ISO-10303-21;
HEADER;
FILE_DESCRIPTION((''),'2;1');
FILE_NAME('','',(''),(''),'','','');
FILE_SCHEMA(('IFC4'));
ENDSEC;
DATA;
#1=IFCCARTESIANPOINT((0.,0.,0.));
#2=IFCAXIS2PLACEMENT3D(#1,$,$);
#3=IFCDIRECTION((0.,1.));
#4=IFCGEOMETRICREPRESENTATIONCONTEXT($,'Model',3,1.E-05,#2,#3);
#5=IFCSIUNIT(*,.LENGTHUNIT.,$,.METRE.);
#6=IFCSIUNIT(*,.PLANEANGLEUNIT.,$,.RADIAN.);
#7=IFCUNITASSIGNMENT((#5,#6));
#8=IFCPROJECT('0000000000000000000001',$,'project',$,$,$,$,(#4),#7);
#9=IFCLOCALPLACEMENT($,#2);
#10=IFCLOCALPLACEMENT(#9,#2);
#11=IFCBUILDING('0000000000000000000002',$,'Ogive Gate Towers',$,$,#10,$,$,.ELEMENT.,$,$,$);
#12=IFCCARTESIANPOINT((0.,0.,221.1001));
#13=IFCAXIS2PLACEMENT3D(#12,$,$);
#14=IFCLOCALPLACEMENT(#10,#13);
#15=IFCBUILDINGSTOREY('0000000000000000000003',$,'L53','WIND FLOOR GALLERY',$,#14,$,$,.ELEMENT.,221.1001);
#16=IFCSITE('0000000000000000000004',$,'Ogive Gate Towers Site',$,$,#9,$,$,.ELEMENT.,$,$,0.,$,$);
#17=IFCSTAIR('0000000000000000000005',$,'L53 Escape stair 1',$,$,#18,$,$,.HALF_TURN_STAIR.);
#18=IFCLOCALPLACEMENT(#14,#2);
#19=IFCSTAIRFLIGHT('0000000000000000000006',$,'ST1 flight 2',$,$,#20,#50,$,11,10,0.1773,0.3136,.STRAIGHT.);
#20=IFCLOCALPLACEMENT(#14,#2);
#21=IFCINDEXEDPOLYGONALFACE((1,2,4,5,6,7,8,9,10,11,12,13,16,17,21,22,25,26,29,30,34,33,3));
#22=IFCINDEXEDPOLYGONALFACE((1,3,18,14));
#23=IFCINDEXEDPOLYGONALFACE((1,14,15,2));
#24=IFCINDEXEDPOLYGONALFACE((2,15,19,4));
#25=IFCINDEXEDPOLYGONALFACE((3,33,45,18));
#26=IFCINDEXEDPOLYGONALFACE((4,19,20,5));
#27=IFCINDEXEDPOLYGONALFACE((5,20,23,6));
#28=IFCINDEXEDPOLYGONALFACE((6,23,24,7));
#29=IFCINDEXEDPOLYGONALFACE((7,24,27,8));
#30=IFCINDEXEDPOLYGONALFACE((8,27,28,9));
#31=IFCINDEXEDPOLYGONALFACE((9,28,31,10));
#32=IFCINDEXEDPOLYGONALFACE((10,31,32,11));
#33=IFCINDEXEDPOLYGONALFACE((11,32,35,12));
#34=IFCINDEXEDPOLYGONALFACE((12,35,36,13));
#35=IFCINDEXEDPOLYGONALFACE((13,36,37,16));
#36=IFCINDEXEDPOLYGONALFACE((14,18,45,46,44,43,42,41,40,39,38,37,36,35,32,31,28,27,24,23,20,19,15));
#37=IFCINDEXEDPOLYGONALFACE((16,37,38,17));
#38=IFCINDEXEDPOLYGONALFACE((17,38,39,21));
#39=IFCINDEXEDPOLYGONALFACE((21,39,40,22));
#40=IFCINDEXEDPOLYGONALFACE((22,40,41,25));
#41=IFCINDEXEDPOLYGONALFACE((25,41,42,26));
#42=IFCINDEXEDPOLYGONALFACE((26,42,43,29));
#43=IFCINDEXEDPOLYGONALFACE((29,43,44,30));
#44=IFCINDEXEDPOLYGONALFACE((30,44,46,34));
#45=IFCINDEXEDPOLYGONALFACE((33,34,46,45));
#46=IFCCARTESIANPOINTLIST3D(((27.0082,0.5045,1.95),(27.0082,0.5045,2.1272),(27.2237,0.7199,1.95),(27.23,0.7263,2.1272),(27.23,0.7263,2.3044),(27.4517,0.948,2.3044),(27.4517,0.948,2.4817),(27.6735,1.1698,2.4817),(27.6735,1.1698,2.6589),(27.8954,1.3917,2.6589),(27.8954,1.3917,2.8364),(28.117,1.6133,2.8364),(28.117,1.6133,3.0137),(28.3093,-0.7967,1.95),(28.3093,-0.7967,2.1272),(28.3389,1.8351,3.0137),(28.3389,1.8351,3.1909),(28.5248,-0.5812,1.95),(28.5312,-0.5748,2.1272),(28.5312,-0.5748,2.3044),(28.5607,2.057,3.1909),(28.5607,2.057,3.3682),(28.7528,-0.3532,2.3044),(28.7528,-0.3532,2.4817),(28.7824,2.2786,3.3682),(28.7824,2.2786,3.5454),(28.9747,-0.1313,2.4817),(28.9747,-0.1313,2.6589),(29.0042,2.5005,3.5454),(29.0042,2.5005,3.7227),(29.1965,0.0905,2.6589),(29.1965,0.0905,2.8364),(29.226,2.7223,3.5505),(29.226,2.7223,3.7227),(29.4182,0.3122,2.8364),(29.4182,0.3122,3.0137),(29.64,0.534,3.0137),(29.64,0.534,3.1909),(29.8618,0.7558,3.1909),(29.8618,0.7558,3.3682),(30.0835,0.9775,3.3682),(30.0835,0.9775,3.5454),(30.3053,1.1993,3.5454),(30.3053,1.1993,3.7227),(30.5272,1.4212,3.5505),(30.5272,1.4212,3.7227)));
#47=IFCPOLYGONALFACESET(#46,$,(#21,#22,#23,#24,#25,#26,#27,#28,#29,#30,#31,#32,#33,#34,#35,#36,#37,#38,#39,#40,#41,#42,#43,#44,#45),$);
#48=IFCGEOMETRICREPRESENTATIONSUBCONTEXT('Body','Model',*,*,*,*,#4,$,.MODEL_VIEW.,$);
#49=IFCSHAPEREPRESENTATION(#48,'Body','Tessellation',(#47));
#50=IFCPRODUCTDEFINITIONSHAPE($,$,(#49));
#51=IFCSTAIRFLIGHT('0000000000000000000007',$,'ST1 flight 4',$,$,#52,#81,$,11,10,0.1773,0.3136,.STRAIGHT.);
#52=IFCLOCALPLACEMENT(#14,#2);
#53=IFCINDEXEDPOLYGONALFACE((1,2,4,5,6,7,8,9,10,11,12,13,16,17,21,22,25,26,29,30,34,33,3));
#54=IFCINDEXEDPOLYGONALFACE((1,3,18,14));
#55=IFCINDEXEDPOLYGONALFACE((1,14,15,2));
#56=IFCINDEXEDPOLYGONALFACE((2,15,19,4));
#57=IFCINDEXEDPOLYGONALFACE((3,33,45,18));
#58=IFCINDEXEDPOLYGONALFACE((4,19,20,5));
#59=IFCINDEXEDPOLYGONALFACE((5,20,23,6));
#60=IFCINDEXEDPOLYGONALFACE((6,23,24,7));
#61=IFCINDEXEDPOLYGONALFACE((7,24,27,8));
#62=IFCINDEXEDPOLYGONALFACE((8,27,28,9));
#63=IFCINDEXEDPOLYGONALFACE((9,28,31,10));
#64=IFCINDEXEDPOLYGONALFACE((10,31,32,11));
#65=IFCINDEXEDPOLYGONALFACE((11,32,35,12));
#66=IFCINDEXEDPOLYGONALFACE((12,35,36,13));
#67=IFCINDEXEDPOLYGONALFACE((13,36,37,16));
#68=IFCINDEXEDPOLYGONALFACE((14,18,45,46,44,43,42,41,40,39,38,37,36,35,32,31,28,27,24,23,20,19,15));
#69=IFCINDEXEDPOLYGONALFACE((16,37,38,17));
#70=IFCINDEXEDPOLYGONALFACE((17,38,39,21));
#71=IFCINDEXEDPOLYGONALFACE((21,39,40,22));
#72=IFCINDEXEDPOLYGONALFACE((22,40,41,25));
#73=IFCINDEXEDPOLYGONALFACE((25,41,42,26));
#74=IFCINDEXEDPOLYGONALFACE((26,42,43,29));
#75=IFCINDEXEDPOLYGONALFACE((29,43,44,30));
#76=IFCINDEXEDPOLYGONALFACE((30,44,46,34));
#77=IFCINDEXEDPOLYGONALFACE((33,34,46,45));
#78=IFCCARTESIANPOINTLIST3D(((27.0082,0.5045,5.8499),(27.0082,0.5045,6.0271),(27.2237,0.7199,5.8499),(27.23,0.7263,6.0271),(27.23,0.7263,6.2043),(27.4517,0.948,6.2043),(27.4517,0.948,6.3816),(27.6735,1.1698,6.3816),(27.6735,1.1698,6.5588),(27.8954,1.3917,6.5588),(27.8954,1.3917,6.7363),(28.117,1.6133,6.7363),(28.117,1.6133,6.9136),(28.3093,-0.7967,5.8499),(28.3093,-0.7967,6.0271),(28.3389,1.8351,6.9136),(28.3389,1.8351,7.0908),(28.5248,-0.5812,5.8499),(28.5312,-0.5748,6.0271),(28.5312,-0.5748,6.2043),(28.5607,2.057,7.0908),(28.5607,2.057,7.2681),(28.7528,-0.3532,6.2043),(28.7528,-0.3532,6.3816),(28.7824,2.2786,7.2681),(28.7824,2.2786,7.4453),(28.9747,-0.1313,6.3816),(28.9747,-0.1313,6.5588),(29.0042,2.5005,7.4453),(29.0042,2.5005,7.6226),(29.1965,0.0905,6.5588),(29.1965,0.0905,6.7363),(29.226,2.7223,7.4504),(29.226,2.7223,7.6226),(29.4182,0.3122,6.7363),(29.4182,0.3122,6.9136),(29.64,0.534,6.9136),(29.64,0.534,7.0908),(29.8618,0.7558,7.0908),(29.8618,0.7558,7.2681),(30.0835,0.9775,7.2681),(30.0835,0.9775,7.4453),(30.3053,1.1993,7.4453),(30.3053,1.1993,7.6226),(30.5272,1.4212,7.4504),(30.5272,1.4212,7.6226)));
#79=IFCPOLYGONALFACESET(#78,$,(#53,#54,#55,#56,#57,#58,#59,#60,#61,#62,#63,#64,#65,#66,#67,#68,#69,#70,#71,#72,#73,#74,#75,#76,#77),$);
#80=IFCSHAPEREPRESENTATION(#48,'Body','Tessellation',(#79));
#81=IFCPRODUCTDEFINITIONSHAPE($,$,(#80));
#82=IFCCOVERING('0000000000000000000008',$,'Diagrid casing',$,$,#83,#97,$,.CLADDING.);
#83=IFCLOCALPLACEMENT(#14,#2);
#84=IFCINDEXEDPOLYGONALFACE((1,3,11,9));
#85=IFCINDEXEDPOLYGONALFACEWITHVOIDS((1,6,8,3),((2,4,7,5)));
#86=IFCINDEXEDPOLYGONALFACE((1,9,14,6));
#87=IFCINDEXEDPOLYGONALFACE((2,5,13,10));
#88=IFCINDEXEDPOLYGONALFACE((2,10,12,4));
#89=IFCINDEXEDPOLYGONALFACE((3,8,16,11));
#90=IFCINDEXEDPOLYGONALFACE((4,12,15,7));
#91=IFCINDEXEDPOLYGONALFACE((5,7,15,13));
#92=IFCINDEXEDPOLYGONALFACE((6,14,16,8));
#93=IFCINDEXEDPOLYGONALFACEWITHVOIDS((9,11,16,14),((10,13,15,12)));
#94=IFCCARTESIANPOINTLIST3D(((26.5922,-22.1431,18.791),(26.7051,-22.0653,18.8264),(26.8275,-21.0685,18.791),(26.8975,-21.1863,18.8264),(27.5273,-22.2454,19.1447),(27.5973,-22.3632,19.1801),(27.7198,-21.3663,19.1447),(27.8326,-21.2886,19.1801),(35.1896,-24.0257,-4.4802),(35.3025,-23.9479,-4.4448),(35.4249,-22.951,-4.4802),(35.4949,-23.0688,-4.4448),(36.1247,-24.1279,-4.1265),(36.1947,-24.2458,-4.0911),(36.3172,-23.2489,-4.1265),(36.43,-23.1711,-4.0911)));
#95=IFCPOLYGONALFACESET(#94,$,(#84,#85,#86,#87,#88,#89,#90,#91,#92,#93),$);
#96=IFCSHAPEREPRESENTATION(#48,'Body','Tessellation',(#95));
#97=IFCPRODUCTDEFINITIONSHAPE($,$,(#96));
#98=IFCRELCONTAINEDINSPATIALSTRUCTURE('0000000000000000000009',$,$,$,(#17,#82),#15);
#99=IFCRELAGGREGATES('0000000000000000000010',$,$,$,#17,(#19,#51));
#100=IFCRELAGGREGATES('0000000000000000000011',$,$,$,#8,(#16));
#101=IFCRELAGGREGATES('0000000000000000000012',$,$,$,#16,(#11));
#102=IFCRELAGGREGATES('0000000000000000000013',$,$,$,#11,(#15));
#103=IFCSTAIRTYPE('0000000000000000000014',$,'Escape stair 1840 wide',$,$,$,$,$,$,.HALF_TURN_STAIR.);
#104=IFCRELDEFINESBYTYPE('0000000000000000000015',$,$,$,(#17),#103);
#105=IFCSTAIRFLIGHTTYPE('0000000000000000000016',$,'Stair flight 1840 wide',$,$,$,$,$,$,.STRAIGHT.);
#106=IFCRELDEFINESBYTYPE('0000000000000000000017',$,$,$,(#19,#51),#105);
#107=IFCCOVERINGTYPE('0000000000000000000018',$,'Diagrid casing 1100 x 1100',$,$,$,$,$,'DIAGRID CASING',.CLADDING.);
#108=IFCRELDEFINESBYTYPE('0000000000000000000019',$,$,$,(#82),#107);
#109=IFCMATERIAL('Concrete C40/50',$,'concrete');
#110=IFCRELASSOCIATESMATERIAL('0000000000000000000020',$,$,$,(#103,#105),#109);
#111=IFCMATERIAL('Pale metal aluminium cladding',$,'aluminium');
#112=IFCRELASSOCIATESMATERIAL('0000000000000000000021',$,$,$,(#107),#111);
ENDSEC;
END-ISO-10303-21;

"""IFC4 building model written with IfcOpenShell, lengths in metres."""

from ifc_helpers import new_model, si_unit, direction, frame, origin, origin_2d, place, context, subcontext, project, spatial, polyline, hollow_rectangle, outline, extrude, material, material_profile, profile_set, type_object, element, aggregate, save


model = new_model("IFC4")

# Units and contexts
model_context = context("Model", 3, precision=1e-05, world=origin(), true_north=direction((0.0, 1.0)))
body_context = subcontext(model_context, "Body", "Model", "MODEL_VIEW")
ifc_project = project(units=[si_unit("LENGTHUNIT", "METRE"), si_unit("PLANEANGLEUNIT", "RADIAN")], contexts=[model_context])

# Site, building, storey
site_placement = place(None, origin())
site = spatial("IfcSite", under=ifc_project, at=site_placement, Name="Ogive Gate Towers Site", CompositionType="ELEMENT", RefElevation=0.0)
building_placement = place(site_placement, origin())
building = spatial("IfcBuilding", under=site, at=building_placement, Name="Ogive Gate Towers", CompositionType="ELEMENT")
storey_placement = place(building_placement, frame((0.0, 0.0, 221.1001)))
storey = spatial("IfcBuildingStorey", under=building, at=storey_placement, Name="L53", Description="WIND FLOOR GALLERY", CompositionType="ELEMENT", Elevation=221.1001)

# Stair, stair flights
ifc_material_1 = material(Name="Concrete C40/50", Category="concrete")
stair_type = type_object("IfcStairType", Name="Escape stair 1840 wide", PredefinedType="HALF_TURN_STAIR", material=ifc_material_1)
stair_placement = place(storey_placement, origin())
stair = element("IfcStair", 1, at=stair_placement, inside=storey, type_object=stair_type, Name="L53 Escape stair 1", PredefinedType="HALF_TURN_STAIR")
stair_flight_type = type_object("IfcStairFlightType", Name="Stair flight 1840 wide", PredefinedType="STRAIGHT", material=ifc_material_1)
stair_flight_1_placement = place(storey_placement, frame((27.6587, -0.146, 1.95), z_axis=(0.0, 0.0, 1.0), x_axis=(0.707107, 0.707107, 0.0)))
stair_flight_1 = element("IfcStairFlight", 2, at=stair_flight_1_placement, type_object=stair_flight_type, Name="ST1 flight 2", NumberOfRisers=11, NumberOfTreads=10, PredefinedType="STRAIGHT", RiserHeight=0.1773, TreadLength=0.3136, context=body_context, shape_type="SweptSolid", body=[
    extrude(outline(polyline([(0.0, 0.0), (0.0, 0.1772), (0.3137, 0.1772), (0.3137, 0.3545), (0.6272, 0.3545), (0.6272, 0.5317), (0.9409, 0.5317), (0.9409, 0.709), (1.2546, 0.709), (1.2546, 0.8865), (1.5681, 0.8865), (1.5681, 1.0637), (1.8818, 1.0637), (1.8818, 1.241), (2.1956, 1.241), (2.1956, 1.4182), (2.509, 1.4182), (2.509, 1.5955), (2.8228, 1.5955), (2.8228, 1.7727), (3.1365, 1.7727), (3.1365, 1.95), (3.1365, 1.6006), (0.3047, 0.0), (0.0, 0.0)])), frame((0.0, 0.9199, 0.0), z_axis=(0.0, -1.0, 0.0), x_axis=(1.0, 0.0, 0.0)), (0.0, 0.0, 1.0), 1.8401),
])
stair_flight_2_placement = place(storey_placement, frame((27.6587, -0.146, 5.8499), z_axis=(0.0, 0.0, 1.0), x_axis=(0.707107, 0.707107, 0.0)))
stair_flight_2 = element("IfcStairFlight", 3, at=stair_flight_2_placement, type_object=stair_flight_type, Name="ST1 flight 4", NumberOfRisers=11, NumberOfTreads=10, PredefinedType="STRAIGHT", RiserHeight=0.1773, TreadLength=0.3136, context=body_context, shape_type="SweptSolid", body=[
    extrude(outline(polyline([(0.0, 0.0), (0.0, 0.1772), (0.3137, 0.1772), (0.3137, 0.3545), (0.6272, 0.3545), (0.6272, 0.5317), (0.9409, 0.5317), (0.9409, 0.709), (1.2546, 0.709), (1.2546, 0.8865), (1.5681, 0.8865), (1.5681, 1.0637), (1.8818, 1.0637), (1.8818, 1.241), (2.1956, 1.241), (2.1956, 1.4182), (2.509, 1.4182), (2.509, 1.5955), (2.8228, 1.5955), (2.8228, 1.7727), (3.1365, 1.7727), (3.1365, 1.95), (3.1365, 1.6006), (0.3047, 0.0), (0.0, 0.0)])), frame((0.0, 0.9199, 0.0), z_axis=(0.0, -1.0, 0.0), x_axis=(1.0, 0.0, 0.0)), (0.0, 0.0, 1.0), 1.8401),
])
aggregate(stair, [stair_flight_1, stair_flight_2])

# Covering
ifc_material_2 = material(Name="Pale metal aluminium cladding", Category="aluminium")
ifc_material_profile_1 = material_profile(ifc_material_2, hollow_rectangle(XDim=1.1001, YDim=1.1001, WallThickness=0.1001, at=origin_2d()), Name="1100 x 1100 pale metal casing")
ifc_profile_set_1 = profile_set([ifc_material_profile_1], Name="Pale metal aluminium cladding")
covering_type = type_object("IfcCoveringType", Name="Diagrid casing 1100 x 1100", ElementType="DIAGRID CASING", PredefinedType="CLADDING", material=ifc_profile_set_1)
covering_placement = place(storey_placement, frame((35.8098, -23.5984, -4.2856), z_axis=(-0.345556, 0.075666, 0.935342), x_axis=(-0.213901, -0.976855, 0.0)))
element("IfcCovering", 4, at=covering_placement, inside=storey, type_object=covering_type, Name="Diagrid casing", PredefinedType="CLADDING", context=body_context, shape_type="SweptSolid", body=[
    extrude(hollow_rectangle(XDim=1.1001, YDim=1.1001, WallThickness=0.1001, at=origin_2d()), origin(), (0.0, 0.0, 1.0), 24.8799),
])

save(model, "model.ifc")
